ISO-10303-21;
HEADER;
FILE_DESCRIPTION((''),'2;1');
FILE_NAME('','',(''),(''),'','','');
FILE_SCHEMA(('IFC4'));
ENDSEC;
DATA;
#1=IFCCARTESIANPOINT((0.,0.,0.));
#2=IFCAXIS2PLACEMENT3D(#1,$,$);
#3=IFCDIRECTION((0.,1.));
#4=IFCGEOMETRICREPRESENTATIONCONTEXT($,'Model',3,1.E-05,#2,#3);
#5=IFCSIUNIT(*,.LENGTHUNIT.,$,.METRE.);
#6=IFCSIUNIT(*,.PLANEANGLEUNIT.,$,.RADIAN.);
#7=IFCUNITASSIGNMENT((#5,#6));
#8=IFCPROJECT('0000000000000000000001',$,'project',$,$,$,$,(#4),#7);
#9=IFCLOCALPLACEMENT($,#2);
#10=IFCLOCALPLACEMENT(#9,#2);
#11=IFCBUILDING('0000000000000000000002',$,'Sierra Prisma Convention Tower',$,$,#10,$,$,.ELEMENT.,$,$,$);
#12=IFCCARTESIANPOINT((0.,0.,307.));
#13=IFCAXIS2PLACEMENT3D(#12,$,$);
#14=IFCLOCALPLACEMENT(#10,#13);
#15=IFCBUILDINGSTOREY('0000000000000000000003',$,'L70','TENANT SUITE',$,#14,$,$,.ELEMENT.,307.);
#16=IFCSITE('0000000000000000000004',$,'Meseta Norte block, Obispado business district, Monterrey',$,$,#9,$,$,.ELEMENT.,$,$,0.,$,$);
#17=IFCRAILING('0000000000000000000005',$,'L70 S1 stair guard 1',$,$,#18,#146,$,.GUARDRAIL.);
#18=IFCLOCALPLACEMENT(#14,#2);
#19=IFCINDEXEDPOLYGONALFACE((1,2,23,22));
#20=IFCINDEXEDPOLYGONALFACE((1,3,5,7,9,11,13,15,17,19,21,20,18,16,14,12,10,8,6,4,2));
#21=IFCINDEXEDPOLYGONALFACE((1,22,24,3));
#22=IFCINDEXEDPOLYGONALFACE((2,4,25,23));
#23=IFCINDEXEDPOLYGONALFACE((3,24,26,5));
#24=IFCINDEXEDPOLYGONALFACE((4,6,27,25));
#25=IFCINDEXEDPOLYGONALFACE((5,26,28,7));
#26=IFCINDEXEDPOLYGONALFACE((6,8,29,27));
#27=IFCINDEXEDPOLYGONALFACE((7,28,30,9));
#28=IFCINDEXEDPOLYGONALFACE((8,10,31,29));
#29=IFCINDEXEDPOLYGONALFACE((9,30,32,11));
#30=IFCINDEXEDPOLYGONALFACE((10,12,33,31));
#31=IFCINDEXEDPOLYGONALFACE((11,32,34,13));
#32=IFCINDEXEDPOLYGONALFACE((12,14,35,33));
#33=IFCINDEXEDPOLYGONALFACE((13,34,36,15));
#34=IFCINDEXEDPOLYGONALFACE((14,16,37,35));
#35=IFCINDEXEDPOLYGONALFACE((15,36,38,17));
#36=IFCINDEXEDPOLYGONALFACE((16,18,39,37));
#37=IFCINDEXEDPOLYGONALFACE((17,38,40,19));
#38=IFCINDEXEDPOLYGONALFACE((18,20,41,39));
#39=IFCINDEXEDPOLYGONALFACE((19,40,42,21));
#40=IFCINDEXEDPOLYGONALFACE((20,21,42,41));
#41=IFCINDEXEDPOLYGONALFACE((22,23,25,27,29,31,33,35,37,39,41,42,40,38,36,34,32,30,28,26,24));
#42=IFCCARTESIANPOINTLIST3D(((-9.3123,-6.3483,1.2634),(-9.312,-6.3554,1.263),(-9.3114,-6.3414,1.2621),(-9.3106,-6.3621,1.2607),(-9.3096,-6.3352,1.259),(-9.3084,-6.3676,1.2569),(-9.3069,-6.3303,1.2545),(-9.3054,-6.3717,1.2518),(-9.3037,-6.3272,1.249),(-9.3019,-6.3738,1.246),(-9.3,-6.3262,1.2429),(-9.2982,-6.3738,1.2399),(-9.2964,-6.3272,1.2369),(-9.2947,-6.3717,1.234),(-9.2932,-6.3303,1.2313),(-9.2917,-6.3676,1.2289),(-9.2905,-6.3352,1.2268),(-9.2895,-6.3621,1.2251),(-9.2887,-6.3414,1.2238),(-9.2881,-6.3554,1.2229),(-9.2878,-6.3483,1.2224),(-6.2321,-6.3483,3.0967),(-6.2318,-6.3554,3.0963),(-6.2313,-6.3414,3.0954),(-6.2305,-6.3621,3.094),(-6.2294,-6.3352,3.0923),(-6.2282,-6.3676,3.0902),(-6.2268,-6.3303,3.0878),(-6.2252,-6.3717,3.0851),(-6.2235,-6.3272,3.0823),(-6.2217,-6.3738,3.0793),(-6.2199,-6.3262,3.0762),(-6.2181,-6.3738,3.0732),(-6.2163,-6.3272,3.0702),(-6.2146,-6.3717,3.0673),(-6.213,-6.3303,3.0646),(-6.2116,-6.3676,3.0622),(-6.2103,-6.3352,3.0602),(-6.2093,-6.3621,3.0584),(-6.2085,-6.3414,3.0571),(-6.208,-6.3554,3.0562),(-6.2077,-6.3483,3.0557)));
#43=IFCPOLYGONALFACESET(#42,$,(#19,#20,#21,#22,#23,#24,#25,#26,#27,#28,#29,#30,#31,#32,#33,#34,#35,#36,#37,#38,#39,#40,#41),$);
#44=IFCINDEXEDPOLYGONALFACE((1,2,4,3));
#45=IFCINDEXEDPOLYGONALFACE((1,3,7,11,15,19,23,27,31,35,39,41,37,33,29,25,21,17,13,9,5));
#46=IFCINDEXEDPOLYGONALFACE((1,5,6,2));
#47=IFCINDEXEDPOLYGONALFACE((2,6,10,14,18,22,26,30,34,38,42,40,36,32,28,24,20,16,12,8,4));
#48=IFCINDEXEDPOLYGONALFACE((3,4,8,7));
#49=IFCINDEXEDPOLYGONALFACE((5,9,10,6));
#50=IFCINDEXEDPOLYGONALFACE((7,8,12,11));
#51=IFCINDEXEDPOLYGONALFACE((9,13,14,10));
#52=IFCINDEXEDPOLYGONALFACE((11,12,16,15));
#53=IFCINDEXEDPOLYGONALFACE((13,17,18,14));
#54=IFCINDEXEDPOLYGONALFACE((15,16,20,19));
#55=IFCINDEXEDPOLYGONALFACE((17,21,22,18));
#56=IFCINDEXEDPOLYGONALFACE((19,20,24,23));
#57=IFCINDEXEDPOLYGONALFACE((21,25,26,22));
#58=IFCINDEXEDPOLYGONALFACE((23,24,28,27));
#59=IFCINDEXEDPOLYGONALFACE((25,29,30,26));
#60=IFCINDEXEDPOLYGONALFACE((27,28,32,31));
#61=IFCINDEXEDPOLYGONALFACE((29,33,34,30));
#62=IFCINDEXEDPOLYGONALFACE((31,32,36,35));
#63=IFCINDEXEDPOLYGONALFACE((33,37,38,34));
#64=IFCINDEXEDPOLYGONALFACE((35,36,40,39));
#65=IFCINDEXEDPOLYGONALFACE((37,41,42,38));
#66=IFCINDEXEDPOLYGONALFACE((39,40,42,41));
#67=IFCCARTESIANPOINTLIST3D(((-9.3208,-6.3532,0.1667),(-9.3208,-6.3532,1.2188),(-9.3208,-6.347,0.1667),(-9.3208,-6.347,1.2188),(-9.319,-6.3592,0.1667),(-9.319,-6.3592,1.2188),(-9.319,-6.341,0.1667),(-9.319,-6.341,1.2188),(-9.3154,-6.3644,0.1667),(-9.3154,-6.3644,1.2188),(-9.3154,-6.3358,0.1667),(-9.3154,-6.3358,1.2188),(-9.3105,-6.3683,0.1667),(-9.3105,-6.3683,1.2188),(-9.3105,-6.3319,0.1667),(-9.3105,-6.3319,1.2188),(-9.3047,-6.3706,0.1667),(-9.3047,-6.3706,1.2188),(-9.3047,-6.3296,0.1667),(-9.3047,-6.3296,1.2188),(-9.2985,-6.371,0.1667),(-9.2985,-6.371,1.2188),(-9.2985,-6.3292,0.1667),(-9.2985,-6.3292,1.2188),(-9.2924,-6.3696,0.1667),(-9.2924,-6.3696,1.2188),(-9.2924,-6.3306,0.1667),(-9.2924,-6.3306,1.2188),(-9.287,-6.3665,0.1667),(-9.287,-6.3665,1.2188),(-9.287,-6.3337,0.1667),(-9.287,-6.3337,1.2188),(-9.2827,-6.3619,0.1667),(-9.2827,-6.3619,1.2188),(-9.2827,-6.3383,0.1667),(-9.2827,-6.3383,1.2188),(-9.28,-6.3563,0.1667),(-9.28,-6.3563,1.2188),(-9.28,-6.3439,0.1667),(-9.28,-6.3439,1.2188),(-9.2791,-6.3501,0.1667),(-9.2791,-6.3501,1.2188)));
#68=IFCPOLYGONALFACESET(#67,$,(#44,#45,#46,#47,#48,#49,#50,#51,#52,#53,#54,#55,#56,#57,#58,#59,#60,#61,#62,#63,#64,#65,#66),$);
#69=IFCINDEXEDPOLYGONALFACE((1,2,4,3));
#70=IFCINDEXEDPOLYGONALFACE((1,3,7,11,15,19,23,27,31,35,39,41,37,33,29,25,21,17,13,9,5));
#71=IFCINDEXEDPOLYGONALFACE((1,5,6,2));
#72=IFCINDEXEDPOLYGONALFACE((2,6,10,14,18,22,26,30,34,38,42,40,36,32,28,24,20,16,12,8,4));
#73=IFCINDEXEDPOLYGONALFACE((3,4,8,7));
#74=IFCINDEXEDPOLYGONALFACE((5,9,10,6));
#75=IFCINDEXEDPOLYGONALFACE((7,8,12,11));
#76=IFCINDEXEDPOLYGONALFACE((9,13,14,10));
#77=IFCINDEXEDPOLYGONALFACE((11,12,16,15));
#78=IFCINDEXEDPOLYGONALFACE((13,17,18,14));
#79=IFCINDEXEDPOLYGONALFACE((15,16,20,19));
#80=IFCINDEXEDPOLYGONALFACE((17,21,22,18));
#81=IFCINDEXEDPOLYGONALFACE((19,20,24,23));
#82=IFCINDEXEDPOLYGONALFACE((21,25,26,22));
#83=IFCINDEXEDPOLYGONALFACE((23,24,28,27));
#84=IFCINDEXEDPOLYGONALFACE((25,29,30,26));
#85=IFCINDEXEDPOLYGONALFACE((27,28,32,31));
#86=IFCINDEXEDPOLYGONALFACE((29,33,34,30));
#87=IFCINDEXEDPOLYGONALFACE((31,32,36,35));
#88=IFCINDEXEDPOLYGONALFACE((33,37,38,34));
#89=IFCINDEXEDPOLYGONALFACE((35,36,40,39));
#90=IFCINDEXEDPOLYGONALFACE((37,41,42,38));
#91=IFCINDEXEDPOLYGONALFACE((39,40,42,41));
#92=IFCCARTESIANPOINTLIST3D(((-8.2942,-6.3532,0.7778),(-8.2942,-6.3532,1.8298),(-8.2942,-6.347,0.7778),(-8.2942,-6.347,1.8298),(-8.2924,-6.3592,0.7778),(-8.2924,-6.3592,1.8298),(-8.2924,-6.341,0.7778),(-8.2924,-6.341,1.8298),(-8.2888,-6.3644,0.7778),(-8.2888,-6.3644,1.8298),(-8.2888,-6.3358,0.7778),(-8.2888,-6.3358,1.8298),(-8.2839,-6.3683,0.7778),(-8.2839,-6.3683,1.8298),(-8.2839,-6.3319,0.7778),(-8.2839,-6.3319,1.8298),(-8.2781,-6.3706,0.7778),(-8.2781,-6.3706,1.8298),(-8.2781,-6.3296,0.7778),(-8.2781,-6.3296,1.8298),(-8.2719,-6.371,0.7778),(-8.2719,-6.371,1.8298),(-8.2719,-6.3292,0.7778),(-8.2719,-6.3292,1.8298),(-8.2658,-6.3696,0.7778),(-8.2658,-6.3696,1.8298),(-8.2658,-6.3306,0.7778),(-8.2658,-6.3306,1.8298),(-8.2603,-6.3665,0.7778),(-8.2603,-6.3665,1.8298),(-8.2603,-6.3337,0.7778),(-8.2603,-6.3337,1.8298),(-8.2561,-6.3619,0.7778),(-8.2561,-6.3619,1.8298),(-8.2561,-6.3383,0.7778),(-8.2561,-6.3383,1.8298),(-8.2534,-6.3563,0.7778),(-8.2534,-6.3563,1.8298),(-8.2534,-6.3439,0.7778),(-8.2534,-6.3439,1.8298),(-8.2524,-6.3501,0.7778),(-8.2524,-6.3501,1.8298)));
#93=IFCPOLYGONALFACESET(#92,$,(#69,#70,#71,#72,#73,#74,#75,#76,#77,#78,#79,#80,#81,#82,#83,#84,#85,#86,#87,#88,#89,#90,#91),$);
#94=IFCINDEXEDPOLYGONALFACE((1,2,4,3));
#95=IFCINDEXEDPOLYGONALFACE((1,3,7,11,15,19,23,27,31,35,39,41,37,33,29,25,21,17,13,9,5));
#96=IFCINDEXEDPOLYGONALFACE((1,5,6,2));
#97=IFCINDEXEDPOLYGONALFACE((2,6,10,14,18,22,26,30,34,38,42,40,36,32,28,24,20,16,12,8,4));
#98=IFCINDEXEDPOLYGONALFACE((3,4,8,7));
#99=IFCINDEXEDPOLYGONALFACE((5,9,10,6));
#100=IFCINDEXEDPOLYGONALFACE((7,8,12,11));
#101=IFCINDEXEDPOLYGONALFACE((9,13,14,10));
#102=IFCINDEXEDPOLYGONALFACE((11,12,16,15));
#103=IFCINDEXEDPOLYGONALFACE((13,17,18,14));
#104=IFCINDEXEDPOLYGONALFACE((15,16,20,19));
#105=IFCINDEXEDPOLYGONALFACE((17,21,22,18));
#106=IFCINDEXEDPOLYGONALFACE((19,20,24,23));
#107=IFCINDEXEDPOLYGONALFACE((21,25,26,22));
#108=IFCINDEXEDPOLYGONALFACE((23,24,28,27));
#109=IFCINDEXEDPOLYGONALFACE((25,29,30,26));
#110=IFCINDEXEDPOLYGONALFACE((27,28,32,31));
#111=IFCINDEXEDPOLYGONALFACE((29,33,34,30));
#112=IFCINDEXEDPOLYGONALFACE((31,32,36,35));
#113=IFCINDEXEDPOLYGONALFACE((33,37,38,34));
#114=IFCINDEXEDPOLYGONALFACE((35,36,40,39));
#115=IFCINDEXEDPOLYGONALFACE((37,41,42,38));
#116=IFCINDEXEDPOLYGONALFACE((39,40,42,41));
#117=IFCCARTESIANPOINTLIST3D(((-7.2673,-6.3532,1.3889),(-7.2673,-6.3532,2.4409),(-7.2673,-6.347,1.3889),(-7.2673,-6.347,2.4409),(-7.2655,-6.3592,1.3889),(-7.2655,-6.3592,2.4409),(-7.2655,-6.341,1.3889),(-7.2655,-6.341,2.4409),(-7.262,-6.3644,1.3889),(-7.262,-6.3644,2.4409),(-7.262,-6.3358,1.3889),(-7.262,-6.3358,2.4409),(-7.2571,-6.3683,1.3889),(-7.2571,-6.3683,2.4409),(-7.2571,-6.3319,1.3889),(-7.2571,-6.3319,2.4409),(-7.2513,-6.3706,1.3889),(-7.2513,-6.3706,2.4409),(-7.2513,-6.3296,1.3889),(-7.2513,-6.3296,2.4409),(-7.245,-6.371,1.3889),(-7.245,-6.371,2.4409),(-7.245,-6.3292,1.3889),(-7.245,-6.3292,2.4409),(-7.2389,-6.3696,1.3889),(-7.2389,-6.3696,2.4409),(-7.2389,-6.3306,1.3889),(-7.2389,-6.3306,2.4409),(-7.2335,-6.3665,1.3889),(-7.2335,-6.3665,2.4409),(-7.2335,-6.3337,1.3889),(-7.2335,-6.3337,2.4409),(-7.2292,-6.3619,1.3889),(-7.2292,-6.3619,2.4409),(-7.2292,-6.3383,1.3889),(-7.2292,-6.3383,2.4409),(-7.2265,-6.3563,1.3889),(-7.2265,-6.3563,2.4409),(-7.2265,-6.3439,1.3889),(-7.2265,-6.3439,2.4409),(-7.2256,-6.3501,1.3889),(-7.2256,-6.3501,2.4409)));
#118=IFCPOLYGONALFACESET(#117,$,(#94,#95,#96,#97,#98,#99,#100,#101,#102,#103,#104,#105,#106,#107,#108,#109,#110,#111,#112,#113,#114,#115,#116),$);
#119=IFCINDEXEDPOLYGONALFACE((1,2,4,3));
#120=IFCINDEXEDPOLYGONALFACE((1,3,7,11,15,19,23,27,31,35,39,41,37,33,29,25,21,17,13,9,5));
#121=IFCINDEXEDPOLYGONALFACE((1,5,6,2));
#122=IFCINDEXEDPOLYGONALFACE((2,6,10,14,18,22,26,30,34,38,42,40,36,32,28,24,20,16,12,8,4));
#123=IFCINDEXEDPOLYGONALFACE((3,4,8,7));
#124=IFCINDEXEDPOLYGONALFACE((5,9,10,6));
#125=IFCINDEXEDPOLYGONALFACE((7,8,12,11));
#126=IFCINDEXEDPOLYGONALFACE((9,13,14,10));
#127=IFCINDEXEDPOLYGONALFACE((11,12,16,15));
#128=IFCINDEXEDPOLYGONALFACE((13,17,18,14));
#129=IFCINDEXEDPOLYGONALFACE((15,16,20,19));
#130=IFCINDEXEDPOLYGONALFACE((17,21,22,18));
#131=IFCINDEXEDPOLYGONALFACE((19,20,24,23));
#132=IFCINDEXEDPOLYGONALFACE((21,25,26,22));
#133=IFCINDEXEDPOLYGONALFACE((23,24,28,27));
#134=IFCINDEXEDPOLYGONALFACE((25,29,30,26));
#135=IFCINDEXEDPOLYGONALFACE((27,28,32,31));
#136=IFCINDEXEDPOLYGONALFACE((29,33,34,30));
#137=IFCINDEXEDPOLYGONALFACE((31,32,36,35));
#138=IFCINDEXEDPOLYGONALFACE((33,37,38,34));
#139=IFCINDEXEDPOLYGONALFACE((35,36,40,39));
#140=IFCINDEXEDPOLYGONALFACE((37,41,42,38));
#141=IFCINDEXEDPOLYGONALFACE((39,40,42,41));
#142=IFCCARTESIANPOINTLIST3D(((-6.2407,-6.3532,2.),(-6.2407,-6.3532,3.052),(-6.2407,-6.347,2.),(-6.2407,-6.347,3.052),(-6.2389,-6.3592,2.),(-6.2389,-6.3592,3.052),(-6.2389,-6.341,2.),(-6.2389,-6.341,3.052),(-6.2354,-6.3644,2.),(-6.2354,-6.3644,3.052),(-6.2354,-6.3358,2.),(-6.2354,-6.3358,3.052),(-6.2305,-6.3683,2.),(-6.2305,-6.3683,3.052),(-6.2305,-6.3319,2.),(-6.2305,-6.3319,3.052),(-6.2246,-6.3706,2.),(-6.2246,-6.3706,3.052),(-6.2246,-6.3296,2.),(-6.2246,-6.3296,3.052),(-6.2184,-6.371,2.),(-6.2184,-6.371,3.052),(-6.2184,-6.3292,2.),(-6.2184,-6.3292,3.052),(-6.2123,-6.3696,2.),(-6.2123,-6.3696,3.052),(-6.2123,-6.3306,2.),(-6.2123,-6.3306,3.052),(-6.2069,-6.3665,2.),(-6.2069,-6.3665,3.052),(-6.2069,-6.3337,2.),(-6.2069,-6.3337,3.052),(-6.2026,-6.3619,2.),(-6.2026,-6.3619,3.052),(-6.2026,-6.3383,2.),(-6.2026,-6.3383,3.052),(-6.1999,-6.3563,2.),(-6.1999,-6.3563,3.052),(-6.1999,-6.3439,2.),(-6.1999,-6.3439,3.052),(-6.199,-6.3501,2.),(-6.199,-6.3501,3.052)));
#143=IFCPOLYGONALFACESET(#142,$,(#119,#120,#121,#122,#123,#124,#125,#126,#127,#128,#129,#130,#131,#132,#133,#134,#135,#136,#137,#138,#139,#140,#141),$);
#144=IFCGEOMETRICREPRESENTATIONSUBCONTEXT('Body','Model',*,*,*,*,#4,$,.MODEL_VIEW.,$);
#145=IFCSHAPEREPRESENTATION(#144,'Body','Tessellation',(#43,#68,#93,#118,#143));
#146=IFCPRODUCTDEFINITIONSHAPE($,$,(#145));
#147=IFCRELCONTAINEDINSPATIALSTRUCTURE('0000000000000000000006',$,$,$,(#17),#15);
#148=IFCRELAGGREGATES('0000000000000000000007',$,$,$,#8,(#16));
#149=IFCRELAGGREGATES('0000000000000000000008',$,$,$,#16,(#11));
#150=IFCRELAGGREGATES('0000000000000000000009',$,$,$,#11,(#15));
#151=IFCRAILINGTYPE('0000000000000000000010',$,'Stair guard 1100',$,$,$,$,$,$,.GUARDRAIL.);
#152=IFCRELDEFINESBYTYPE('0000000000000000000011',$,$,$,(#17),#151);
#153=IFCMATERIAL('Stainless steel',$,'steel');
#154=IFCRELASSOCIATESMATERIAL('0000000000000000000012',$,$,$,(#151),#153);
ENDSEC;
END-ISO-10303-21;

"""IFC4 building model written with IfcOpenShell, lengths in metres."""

from ifc_helpers import new_model, si_unit, direction, frame, origin, origin_2d, place, context, subcontext, project, spatial, circle, extrude, material, type_object, element, save


model = new_model("IFC4")

# Units and contexts
model_context = context("Model", 3, precision=1e-05, world=origin(), true_north=direction((0.0, 1.0)))
body_context = subcontext(model_context, "Body", "Model", "MODEL_VIEW")
ifc_project = project(units=[si_unit("LENGTHUNIT", "METRE"), si_unit("PLANEANGLEUNIT", "RADIAN")], contexts=[model_context])

# Site, building, storey
site_placement = place(None, origin())
site = spatial("IfcSite", under=ifc_project, at=site_placement, Name="Meseta Norte block, Obispado business district, Monterrey", CompositionType="ELEMENT", RefElevation=0.0)
building_placement = place(site_placement, origin())
building = spatial("IfcBuilding", under=site, at=building_placement, Name="Sierra Prisma Convention Tower", CompositionType="ELEMENT")
storey_placement = place(building_placement, frame((0.0, 0.0, 307.0)))
storey = spatial("IfcBuildingStorey", under=building, at=storey_placement, Name="L70", Description="TENANT SUITE", CompositionType="ELEMENT", Elevation=307.0)

# Railing
ifc_material_1 = material(Name="Stainless steel", Category="steel")
railing_type_1 = type_object("IfcRailingType", Name="Stair guard 1100", PredefinedType="GUARDRAIL", material=ifc_material_1)
railing_1_placement = place(storey_placement, frame((-9.3, -6.3501, 0.1667)))
element("IfcRailing", 1, at=railing_1_placement, inside=storey, type_object=railing_type_1, Name="L70 S1 stair guard 1", PredefinedType="GUARDRAIL", context=body_context, shape_type="SweptSolid", body=[
    extrude(circle(Radius=0.0239, at=origin_2d()), frame((0.0, 0.0, 1.0762), z_axis=(0.859309, 0.0, 0.511458), x_axis=(0.0, 1.0, 0.0)), (0.0, 0.0, 1.0), 3.5845),
    extrude(circle(Radius=0.021, at=origin_2d()), origin(), (0.0, 0.0, 1.0), 1.052),
    extrude(circle(Radius=0.021, at=origin_2d()), frame((1.0266, 0.0, 0.6111)), (0.0, 0.0, 1.0), 1.052),
    extrude(circle(Radius=0.021, at=origin_2d()), frame((2.0535, 0.0, 1.2222)), (0.0, 0.0, 1.0), 1.052),
    extrude(circle(Radius=0.021, at=origin_2d()), frame((3.0801, 0.0, 1.8333)), (0.0, 0.0, 1.0), 1.052),
])

save(model, "model.ifc")
